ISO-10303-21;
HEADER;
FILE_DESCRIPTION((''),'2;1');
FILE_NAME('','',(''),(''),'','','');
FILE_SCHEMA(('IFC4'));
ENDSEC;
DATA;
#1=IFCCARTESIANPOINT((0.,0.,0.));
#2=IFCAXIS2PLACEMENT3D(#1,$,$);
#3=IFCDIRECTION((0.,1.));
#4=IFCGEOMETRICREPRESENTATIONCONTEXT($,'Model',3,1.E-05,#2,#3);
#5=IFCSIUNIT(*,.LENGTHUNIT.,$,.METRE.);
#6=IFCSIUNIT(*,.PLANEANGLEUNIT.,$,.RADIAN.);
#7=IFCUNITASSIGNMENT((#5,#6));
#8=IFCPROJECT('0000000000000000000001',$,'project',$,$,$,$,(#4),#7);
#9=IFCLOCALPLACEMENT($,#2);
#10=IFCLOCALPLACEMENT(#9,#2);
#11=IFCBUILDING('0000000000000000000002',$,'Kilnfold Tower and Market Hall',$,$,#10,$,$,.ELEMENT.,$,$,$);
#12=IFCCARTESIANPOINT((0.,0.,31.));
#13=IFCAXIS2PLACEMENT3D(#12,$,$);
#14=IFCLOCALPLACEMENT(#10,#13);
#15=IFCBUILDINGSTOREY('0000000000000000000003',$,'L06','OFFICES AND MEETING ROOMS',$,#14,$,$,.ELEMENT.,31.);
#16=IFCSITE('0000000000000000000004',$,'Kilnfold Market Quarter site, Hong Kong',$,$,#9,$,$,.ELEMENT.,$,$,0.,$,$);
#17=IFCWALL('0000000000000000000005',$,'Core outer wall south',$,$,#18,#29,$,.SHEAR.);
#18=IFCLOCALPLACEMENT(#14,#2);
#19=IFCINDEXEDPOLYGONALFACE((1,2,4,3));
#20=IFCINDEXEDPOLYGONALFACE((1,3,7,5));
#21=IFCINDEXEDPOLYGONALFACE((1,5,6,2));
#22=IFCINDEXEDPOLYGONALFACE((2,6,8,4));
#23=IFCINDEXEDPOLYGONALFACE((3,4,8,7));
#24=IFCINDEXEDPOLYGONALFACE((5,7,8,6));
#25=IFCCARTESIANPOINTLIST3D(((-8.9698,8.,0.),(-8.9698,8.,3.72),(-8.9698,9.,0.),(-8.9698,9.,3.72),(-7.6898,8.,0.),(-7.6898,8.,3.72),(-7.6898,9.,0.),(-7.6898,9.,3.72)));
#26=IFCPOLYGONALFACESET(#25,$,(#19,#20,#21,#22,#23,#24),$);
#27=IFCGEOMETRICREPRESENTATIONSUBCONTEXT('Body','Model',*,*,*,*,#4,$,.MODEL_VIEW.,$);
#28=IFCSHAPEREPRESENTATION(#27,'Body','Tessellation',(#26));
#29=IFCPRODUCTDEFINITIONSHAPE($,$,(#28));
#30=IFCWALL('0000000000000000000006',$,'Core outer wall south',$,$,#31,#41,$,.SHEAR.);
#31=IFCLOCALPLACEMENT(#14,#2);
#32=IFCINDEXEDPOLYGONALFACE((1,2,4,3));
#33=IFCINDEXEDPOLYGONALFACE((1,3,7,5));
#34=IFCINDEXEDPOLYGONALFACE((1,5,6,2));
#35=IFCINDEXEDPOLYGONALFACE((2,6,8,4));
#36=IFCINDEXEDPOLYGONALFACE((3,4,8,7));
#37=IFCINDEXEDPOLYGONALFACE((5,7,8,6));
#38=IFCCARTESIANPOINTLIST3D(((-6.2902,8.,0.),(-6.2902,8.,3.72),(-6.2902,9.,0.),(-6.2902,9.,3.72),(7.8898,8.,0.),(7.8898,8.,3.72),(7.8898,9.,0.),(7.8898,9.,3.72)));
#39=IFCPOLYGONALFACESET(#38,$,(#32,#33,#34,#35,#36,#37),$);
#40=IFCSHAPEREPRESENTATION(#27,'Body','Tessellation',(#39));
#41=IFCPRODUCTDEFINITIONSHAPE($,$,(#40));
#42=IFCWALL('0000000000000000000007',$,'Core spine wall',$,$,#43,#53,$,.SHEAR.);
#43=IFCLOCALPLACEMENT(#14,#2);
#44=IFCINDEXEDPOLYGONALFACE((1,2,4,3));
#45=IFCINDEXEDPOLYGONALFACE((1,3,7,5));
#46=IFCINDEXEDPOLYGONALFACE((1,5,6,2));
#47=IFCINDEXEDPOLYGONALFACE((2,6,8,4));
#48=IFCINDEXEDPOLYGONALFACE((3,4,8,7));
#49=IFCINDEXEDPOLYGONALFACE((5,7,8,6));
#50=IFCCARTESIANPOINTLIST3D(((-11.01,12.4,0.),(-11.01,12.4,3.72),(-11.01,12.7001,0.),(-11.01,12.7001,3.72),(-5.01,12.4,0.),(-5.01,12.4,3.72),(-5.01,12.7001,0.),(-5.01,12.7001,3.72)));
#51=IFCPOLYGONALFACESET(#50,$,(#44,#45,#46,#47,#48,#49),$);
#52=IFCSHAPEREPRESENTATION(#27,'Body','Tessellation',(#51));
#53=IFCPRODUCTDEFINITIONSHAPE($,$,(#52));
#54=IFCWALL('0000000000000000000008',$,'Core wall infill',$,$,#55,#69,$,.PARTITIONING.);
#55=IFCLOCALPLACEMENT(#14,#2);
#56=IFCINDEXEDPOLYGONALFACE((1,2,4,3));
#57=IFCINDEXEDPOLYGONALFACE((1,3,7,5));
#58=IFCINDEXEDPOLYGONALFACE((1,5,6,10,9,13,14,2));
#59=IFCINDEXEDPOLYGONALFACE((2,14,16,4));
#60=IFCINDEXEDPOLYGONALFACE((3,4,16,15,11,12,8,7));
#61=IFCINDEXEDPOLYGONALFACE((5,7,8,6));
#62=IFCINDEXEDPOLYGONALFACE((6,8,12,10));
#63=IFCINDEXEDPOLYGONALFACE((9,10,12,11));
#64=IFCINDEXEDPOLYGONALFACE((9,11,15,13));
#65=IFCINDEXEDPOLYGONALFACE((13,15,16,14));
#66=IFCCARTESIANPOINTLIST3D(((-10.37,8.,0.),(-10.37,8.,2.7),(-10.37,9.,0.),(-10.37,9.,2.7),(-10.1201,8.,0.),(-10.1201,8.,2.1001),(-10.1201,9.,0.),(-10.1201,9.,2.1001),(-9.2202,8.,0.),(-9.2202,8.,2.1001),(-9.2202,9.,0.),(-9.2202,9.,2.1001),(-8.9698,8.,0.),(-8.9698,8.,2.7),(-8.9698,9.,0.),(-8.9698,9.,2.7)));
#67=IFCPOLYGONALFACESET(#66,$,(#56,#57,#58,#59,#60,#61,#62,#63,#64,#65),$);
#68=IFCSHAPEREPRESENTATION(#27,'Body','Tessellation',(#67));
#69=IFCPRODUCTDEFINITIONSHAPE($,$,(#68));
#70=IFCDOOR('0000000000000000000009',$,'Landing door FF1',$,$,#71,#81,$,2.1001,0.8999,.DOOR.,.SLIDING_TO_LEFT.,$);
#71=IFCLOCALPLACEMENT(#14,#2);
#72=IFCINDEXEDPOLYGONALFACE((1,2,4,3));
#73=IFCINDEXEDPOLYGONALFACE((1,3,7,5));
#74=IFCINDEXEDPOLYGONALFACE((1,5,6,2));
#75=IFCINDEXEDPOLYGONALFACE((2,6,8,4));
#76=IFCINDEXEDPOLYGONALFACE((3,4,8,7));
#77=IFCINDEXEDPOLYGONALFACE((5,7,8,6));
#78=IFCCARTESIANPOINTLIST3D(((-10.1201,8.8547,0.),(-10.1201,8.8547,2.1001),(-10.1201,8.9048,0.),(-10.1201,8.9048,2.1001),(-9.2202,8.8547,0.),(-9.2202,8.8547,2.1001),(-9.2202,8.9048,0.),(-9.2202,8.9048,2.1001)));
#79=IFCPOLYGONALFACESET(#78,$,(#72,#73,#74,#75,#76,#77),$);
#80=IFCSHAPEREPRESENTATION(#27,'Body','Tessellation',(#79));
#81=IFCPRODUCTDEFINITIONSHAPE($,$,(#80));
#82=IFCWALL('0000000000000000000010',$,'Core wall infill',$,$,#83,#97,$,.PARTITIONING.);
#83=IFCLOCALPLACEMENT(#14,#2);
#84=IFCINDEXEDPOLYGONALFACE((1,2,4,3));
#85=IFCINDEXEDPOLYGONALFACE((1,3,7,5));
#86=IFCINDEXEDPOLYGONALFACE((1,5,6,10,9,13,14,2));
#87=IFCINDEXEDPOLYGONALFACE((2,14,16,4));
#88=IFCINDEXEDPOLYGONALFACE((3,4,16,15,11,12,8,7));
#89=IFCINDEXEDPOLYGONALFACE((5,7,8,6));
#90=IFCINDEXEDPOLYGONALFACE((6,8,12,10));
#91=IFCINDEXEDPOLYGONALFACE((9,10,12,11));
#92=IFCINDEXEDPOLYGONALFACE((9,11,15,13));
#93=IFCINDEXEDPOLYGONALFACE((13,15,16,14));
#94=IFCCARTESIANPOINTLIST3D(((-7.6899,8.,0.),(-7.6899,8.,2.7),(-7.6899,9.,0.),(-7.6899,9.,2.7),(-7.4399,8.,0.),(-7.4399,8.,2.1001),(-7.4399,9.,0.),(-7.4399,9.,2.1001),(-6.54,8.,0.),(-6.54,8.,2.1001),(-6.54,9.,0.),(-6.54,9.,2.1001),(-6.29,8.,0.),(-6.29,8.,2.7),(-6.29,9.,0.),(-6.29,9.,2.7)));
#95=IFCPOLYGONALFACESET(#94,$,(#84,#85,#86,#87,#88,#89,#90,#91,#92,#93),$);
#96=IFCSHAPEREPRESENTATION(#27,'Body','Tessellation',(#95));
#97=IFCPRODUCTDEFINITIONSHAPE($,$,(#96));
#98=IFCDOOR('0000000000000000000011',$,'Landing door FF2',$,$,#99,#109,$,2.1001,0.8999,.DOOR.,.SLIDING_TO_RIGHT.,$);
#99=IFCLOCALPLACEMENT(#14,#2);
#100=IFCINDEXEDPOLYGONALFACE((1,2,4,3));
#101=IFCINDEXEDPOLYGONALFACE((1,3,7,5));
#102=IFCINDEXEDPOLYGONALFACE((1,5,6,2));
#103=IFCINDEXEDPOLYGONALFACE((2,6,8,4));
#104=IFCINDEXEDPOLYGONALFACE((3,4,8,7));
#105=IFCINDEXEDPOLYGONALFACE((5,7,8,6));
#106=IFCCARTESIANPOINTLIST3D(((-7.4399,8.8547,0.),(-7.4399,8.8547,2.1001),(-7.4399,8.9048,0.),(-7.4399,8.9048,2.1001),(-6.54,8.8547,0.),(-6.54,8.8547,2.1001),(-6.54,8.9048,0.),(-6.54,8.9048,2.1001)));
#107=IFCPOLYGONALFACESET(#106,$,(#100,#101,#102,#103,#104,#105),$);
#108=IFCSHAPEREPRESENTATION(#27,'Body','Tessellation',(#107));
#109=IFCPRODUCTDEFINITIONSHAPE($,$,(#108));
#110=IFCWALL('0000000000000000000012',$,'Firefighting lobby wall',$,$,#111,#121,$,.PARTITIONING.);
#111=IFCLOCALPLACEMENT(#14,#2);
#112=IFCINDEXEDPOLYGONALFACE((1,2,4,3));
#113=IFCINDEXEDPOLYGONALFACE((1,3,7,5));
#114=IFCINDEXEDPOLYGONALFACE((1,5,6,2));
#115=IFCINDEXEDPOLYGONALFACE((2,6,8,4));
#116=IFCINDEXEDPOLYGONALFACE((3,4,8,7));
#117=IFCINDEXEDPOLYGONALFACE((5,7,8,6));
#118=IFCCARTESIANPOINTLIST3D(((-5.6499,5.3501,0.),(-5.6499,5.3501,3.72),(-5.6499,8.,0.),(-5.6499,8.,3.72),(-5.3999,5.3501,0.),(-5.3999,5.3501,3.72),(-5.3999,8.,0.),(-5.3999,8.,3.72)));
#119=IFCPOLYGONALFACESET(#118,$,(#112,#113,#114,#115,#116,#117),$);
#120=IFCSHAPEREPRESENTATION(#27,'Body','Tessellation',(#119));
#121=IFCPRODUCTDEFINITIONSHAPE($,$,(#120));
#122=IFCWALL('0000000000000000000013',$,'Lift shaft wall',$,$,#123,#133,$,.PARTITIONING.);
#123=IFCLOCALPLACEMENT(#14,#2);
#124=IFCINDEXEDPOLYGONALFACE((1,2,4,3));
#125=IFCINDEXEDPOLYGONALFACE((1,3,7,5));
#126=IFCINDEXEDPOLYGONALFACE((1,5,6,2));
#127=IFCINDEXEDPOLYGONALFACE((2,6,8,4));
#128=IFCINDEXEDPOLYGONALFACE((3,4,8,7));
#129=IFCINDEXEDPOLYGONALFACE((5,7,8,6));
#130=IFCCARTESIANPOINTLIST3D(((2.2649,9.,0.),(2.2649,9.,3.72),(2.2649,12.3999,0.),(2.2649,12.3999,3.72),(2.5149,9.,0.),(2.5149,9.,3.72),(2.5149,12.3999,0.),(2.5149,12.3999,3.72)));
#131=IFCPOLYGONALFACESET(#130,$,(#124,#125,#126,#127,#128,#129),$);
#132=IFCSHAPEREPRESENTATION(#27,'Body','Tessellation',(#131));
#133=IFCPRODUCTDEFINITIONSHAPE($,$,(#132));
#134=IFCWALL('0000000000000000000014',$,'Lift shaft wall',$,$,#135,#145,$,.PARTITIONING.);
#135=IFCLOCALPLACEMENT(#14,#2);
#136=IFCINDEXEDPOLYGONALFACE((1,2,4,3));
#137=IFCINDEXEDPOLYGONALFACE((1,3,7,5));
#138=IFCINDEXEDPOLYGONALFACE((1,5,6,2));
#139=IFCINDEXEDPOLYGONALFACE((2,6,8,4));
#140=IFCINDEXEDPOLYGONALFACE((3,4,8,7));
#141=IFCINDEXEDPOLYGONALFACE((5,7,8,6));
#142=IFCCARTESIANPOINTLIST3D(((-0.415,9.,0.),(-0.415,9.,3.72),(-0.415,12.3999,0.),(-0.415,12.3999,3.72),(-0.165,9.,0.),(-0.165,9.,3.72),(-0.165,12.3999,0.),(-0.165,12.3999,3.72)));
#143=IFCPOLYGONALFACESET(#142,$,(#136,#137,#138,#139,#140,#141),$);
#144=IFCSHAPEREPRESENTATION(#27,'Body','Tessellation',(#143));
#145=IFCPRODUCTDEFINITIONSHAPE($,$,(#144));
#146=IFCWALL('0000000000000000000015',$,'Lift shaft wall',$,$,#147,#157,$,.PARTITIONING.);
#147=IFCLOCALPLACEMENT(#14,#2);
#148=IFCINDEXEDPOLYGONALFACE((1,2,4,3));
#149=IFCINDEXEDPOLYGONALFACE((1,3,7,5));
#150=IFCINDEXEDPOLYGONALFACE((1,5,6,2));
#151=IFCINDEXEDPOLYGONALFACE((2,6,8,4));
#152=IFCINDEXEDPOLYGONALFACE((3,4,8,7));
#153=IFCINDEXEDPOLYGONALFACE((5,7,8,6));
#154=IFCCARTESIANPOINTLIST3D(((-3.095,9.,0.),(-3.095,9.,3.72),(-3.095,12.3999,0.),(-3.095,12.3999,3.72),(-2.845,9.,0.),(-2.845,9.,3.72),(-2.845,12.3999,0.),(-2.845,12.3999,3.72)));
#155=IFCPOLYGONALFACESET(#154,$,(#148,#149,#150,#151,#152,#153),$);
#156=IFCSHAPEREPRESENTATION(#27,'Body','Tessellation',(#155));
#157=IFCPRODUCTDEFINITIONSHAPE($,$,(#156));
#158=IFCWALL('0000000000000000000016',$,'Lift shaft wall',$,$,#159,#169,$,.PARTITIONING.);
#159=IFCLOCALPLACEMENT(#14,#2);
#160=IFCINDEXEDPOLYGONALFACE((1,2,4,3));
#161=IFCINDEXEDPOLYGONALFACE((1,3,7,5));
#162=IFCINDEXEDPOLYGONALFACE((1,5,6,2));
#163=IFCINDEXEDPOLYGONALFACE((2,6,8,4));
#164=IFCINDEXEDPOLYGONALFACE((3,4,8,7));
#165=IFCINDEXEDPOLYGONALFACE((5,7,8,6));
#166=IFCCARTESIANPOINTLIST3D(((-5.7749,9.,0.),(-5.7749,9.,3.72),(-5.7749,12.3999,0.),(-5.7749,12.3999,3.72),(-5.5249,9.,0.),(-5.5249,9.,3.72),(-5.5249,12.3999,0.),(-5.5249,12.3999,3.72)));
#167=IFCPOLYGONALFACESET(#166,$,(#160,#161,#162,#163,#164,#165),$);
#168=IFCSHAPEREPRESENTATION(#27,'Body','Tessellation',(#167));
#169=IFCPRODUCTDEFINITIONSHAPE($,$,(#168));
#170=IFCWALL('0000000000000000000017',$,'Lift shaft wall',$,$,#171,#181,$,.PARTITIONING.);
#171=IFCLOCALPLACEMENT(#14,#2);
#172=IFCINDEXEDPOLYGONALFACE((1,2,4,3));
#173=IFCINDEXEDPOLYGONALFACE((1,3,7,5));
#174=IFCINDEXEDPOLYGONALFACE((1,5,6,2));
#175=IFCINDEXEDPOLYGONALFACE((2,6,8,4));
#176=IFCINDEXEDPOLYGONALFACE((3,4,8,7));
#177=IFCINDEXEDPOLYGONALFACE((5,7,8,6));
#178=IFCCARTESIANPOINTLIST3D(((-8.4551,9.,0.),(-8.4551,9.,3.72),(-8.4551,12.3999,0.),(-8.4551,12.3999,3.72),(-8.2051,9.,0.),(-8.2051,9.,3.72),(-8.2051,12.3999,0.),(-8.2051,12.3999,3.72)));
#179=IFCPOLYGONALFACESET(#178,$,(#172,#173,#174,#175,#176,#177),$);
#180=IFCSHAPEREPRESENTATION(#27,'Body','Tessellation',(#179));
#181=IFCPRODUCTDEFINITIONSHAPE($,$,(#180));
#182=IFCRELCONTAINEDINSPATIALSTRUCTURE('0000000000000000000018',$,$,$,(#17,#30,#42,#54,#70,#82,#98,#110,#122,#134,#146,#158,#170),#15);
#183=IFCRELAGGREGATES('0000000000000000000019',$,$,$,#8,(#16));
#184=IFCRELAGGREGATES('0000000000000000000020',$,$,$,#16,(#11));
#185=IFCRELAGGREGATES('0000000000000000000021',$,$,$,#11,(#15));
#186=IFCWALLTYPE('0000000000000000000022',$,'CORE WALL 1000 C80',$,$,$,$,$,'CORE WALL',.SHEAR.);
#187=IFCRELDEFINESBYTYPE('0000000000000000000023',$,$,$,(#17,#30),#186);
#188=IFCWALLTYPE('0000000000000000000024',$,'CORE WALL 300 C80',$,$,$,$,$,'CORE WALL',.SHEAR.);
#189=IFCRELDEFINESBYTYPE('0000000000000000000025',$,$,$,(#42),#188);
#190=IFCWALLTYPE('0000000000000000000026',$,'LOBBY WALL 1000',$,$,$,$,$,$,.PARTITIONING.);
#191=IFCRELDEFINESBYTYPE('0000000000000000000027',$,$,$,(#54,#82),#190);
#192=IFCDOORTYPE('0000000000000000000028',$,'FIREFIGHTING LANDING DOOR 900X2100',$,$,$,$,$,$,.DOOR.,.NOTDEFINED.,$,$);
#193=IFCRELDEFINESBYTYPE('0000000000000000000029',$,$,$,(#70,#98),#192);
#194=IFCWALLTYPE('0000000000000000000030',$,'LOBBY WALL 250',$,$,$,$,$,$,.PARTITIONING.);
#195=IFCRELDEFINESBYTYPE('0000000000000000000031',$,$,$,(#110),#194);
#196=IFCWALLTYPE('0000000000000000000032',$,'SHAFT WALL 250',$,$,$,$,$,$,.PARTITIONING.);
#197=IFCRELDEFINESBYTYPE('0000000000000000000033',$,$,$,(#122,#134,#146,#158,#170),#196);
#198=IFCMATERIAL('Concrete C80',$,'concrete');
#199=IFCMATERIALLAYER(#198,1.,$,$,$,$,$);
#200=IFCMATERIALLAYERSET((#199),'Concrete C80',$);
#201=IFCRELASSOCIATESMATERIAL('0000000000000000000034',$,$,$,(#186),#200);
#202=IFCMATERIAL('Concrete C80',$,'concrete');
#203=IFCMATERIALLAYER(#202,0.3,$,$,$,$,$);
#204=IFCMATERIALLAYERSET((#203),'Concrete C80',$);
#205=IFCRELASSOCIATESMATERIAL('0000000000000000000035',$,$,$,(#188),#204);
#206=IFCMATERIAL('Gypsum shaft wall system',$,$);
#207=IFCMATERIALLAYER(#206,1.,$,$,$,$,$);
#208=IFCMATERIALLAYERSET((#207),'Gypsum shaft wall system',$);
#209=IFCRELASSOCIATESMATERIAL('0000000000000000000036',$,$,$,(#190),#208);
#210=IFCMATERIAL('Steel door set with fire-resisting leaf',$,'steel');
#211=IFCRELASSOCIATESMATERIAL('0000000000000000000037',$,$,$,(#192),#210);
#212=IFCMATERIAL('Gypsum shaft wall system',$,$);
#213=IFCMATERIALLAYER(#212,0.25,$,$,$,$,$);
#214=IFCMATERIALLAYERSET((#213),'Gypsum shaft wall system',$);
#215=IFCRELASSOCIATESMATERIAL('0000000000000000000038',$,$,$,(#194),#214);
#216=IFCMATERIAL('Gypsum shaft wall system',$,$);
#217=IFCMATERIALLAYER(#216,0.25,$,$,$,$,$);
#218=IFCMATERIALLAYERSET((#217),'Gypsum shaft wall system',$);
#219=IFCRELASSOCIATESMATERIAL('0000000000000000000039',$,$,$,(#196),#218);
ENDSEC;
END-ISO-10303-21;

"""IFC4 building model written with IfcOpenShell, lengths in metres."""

from ifc_helpers import new_model, si_unit, direction, frame, frame_2d, origin, place, context, subcontext, project, spatial, rectangle, extrude, source, transform, mapped, material, layer, layer_set, type_object, element, fill, save


model = new_model("IFC4")

# Units and contexts
model_context = context("Model", 3, precision=1e-05, world=origin(), true_north=direction((0.0, 1.0)))
body_context = subcontext(model_context, "Body", "Model", "MODEL_VIEW")
ifc_project = project(units=[si_unit("LENGTHUNIT", "METRE"), si_unit("PLANEANGLEUNIT", "RADIAN")], contexts=[model_context])

# Site, building, storey
site_placement = place(None, origin())
site = spatial("IfcSite", under=ifc_project, at=site_placement, Name="Kilnfold Market Quarter site, Hong Kong", CompositionType="ELEMENT", RefElevation=0.0)
building_placement = place(site_placement, origin())
building = spatial("IfcBuilding", under=site, at=building_placement, Name="Kilnfold Tower and Market Hall", CompositionType="ELEMENT")
storey_placement = place(building_placement, frame((0.0, 0.0, 31.0)))
storey = spatial("IfcBuildingStorey", under=building, at=storey_placement, Name="L06", Description="OFFICES AND MEETING ROOMS", CompositionType="ELEMENT", Elevation=31.0)

# Walls
ifc_material_1 = material(Name="Concrete C80", Category="concrete")
ifc_layer_1 = layer(ifc_material_1, 1.0)
ifc_layer_set_1 = layer_set([ifc_layer_1], Name="Concrete C80")
wall_type_1 = type_object("IfcWallType", Name="CORE WALL 1000 C80", ElementType="CORE WALL", PredefinedType="SHEAR", material=ifc_layer_set_1)
shared_shape_1 = source(origin(), body_context, "Body", "SweptSolid", [
    extrude(rectangle(XDim=1.28, YDim=1.0, at=frame_2d((0.6401, 0.0))), origin(), (0.0, 0.0, 1.0), 3.72),
])
wall_1_placement = place(storey_placement, frame((-8.97, 8.5, 0.0), z_axis=(0.0, 0.0, 1.0), x_axis=(1.0, 0.0, 0.0)))
element("IfcWall", 1, at=wall_1_placement, inside=storey, type_object=wall_type_1, Name="Core outer wall south", PredefinedType="SHEAR", context=body_context, shape_type="MappedRepresentation", body=[
    mapped(shared_shape_1, transform((0.0, 0.0, 0.0))),
])
shared_shape_2 = source(origin(), body_context, "Body", "SweptSolid", [
    extrude(rectangle(XDim=14.1799, YDim=1.0, at=frame_2d((7.0898, 0.0))), origin(), (0.0, 0.0, 1.0), 3.72),
])
wall_2_placement = place(storey_placement, frame((-6.29, 8.5, 0.0), z_axis=(0.0, 0.0, 1.0), x_axis=(1.0, 0.0, 0.0)))
element("IfcWall", 2, at=wall_2_placement, inside=storey, type_object=wall_type_1, Name="Core outer wall south", PredefinedType="SHEAR", context=body_context, shape_type="MappedRepresentation", body=[
    mapped(shared_shape_2, transform((0.0, 0.0, 0.0))),
])
ifc_material_2 = material(Name="Concrete C80", Category="concrete")
ifc_layer_2 = layer(ifc_material_2, 0.3)
ifc_layer_set_2 = layer_set([ifc_layer_2], Name="Concrete C80")
wall_type_2 = type_object("IfcWallType", Name="CORE WALL 300 C80", ElementType="CORE WALL", PredefinedType="SHEAR", material=ifc_layer_set_2)
shared_shape_3 = source(origin(), body_context, "Body", "SweptSolid", [
    extrude(rectangle(XDim=6.0, YDim=0.3, at=frame_2d((3.0, 0.0))), origin(), (0.0, 0.0, 1.0), 3.72),
])
wall_3_placement = place(storey_placement, frame((-11.01, 12.55, 0.0), z_axis=(0.0, 0.0, 1.0), x_axis=(1.0, 0.0, 0.0)))
element("IfcWall", 3, at=wall_3_placement, inside=storey, type_object=wall_type_2, Name="Core spine wall", PredefinedType="SHEAR", context=body_context, shape_type="MappedRepresentation", body=[
    mapped(shared_shape_3, transform((0.0, 0.0, 0.0))),
])

# Walls, openings, doors
ifc_material_3 = material(Name="Gypsum shaft wall system")
ifc_layer_3 = layer(ifc_material_3, 1.0)
ifc_layer_set_3 = layer_set([ifc_layer_3], Name="Gypsum shaft wall system")
wall_type_3 = type_object("IfcWallType", Name="LOBBY WALL 1000", PredefinedType="PARTITIONING", material=ifc_layer_set_3)
shared_shape_4 = source(origin(), body_context, "Body", "SweptSolid", [
    extrude(rectangle(XDim=1.4001, YDim=1.0, at=frame_2d((0.7002, 0.0))), origin(), (0.0, 0.0, 1.0), 2.7),
])
wall_4_placement = place(storey_placement, frame((-10.3701, 8.5, 0.0), z_axis=(0.0, 0.0, 1.0), x_axis=(1.0, 0.0, 0.0)))
wall_4 = element("IfcWall", 4, at=wall_4_placement, inside=storey, type_object=wall_type_3, Name="Core wall infill", PredefinedType="PARTITIONING", context=body_context, shape_type="MappedRepresentation", body=[
    mapped(shared_shape_4, transform((0.0, 0.0, 0.0))),
])
opening_1_placement = place(wall_4_placement, frame((0.25, 0.0, 0.0)))
opening_1 = element("IfcOpeningElement", 5, at=opening_1_placement, cuts=wall_4, PredefinedType="OPENING", context=body_context, shape_type="SweptSolid", body=[
    extrude(rectangle(XDim=0.8999, YDim=2.1001, at=frame_2d((0.45, 1.05))), frame((0.0, 0.51, 0.0), z_axis=(0.0, -1.0, 0.0), x_axis=(1.0, 0.0, 0.0)), (0.0, 0.0, 1.0), 1.02),
])
ifc_material_4 = material(Name="Steel door set with fire-resisting leaf", Category="steel")
door_type = type_object("IfcDoorType", Name="FIREFIGHTING LANDING DOOR 900X2100", OperationType="NOTDEFINED", PredefinedType="DOOR", material=ifc_material_4)
door_1_placement = place(opening_1_placement, origin())
door_1 = element("IfcDoor", 6, at=door_1_placement, inside=storey, type_object=door_type, Name="Landing door FF1", OperationType="SLIDING_TO_LEFT", OverallHeight=2.1001, OverallWidth=0.8999, PredefinedType="DOOR", context=body_context, shape_type="SweptSolid", body=[
    extrude(rectangle(XDim=0.8999, YDim=2.1001, at=frame_2d((0.45, 1.05))), frame((0.0, 0.4048, 0.0), z_axis=(0.0, -1.0, 0.0), x_axis=(1.0, 0.0, 0.0)), (0.0, 0.0, 1.0), 0.05),
])
fill(opening_1, door_1)
shared_shape_5 = source(origin(), body_context, "Body", "SweptSolid", [
    extrude(rectangle(XDim=1.3999, YDim=1.0, at=frame_2d((0.7, 0.0))), origin(), (0.0, 0.0, 1.0), 2.7),
])
wall_5_placement = place(storey_placement, frame((-7.6899, 8.5, 0.0), z_axis=(0.0, 0.0, 1.0), x_axis=(1.0, 0.0, 0.0)))
wall_5 = element("IfcWall", 7, at=wall_5_placement, inside=storey, type_object=wall_type_3, Name="Core wall infill", PredefinedType="PARTITIONING", context=body_context, shape_type="MappedRepresentation", body=[
    mapped(shared_shape_5, transform((0.0, 0.0, 0.0))),
])
opening_2_placement = place(wall_5_placement, frame((0.25, 0.0, 0.0)))
opening_2 = element("IfcOpeningElement", 8, at=opening_2_placement, cuts=wall_5, PredefinedType="OPENING", context=body_context, shape_type="SweptSolid", body=[
    extrude(rectangle(XDim=0.8999, YDim=2.1001, at=frame_2d((0.45, 1.05))), frame((0.0, 0.51, 0.0), z_axis=(0.0, -1.0, 0.0), x_axis=(1.0, 0.0, 0.0)), (0.0, 0.0, 1.0), 1.02),
])
door_2_placement = place(opening_2_placement, origin())
door_2 = element("IfcDoor", 9, at=door_2_placement, inside=storey, type_object=door_type, Name="Landing door FF2", OperationType="SLIDING_TO_RIGHT", OverallHeight=2.1001, OverallWidth=0.8999, PredefinedType="DOOR", context=body_context, shape_type="SweptSolid", body=[
    extrude(rectangle(XDim=0.8999, YDim=2.1001, at=frame_2d((0.45, 1.05))), frame((0.0, 0.4048, 0.0), z_axis=(0.0, -1.0, 0.0), x_axis=(1.0, 0.0, 0.0)), (0.0, 0.0, 1.0), 0.05),
])
fill(opening_2, door_2)

# Walls
ifc_material_5 = material(Name="Gypsum shaft wall system")
ifc_layer_4 = layer(ifc_material_5, 0.25)
ifc_layer_set_4 = layer_set([ifc_layer_4], Name="Gypsum shaft wall system")
wall_type_4 = type_object("IfcWallType", Name="LOBBY WALL 250", PredefinedType="PARTITIONING", material=ifc_layer_set_4)
shared_shape_6 = source(origin(), body_context, "Body", "SweptSolid", [
    extrude(rectangle(XDim=2.6499, YDim=0.25, at=frame_2d((1.325, 0.0))), origin(), (0.0, 0.0, 1.0), 3.72),
])
wall_6_placement = place(storey_placement, frame((-5.5249, 5.3501, 0.0), z_axis=(0.0, 0.0, 1.0), x_axis=(0.0, 1.0, 0.0)))
element("IfcWall", 10, at=wall_6_placement, inside=storey, type_object=wall_type_4, Name="Firefighting lobby wall", PredefinedType="PARTITIONING", context=body_context, shape_type="MappedRepresentation", body=[
    mapped(shared_shape_6, transform((0.0, 0.0, 0.0))),
])
ifc_material_6 = material(Name="Gypsum shaft wall system")
ifc_layer_5 = layer(ifc_material_6, 0.25)
ifc_layer_set_5 = layer_set([ifc_layer_5], Name="Gypsum shaft wall system")
wall_type_5 = type_object("IfcWallType", Name="SHAFT WALL 250", PredefinedType="PARTITIONING", material=ifc_layer_set_5)
shared_shape_7 = source(origin(), body_context, "Body", "SweptSolid", [
    extrude(rectangle(XDim=3.3999, YDim=0.25, at=frame_2d((1.7, 0.0))), origin(), (0.0, 0.0, 1.0), 3.72),
])
for number, where, z_axis, x_axis, name in (
    (11, (2.3899, 9.0, 0.0), (0.0, 0.0, 1.0), (0.0, 1.0, 0.0), "Lift shaft wall"),
    (12, (-0.29, 9.0, 0.0), (0.0, 0.0, 1.0), (0.0, 1.0, 0.0), "Lift shaft wall"),
    (13, (-2.97, 9.0, 0.0), (0.0, 0.0, 1.0), (0.0, 1.0, 0.0), "Lift shaft wall"),
    (14, (-5.6499, 9.0, 0.0), (0.0, 0.0, 1.0), (0.0, 1.0, 0.0), "Lift shaft wall"),
    (15, (-8.3301, 9.0, 0.0), (0.0, 0.0, 1.0), (0.0, 1.0, 0.0), "Lift shaft wall"),
):
    element("IfcWall", number, at=place(storey_placement, frame(where, z_axis=z_axis, x_axis=x_axis)), inside=storey, type_object=wall_type_5, Name=name, PredefinedType="PARTITIONING", context=body_context, shape_type="MappedRepresentation", body=[
        mapped(shared_shape_7, transform((0.0, 0.0, 0.0))),
    ])

save(model, "model.ifc")
